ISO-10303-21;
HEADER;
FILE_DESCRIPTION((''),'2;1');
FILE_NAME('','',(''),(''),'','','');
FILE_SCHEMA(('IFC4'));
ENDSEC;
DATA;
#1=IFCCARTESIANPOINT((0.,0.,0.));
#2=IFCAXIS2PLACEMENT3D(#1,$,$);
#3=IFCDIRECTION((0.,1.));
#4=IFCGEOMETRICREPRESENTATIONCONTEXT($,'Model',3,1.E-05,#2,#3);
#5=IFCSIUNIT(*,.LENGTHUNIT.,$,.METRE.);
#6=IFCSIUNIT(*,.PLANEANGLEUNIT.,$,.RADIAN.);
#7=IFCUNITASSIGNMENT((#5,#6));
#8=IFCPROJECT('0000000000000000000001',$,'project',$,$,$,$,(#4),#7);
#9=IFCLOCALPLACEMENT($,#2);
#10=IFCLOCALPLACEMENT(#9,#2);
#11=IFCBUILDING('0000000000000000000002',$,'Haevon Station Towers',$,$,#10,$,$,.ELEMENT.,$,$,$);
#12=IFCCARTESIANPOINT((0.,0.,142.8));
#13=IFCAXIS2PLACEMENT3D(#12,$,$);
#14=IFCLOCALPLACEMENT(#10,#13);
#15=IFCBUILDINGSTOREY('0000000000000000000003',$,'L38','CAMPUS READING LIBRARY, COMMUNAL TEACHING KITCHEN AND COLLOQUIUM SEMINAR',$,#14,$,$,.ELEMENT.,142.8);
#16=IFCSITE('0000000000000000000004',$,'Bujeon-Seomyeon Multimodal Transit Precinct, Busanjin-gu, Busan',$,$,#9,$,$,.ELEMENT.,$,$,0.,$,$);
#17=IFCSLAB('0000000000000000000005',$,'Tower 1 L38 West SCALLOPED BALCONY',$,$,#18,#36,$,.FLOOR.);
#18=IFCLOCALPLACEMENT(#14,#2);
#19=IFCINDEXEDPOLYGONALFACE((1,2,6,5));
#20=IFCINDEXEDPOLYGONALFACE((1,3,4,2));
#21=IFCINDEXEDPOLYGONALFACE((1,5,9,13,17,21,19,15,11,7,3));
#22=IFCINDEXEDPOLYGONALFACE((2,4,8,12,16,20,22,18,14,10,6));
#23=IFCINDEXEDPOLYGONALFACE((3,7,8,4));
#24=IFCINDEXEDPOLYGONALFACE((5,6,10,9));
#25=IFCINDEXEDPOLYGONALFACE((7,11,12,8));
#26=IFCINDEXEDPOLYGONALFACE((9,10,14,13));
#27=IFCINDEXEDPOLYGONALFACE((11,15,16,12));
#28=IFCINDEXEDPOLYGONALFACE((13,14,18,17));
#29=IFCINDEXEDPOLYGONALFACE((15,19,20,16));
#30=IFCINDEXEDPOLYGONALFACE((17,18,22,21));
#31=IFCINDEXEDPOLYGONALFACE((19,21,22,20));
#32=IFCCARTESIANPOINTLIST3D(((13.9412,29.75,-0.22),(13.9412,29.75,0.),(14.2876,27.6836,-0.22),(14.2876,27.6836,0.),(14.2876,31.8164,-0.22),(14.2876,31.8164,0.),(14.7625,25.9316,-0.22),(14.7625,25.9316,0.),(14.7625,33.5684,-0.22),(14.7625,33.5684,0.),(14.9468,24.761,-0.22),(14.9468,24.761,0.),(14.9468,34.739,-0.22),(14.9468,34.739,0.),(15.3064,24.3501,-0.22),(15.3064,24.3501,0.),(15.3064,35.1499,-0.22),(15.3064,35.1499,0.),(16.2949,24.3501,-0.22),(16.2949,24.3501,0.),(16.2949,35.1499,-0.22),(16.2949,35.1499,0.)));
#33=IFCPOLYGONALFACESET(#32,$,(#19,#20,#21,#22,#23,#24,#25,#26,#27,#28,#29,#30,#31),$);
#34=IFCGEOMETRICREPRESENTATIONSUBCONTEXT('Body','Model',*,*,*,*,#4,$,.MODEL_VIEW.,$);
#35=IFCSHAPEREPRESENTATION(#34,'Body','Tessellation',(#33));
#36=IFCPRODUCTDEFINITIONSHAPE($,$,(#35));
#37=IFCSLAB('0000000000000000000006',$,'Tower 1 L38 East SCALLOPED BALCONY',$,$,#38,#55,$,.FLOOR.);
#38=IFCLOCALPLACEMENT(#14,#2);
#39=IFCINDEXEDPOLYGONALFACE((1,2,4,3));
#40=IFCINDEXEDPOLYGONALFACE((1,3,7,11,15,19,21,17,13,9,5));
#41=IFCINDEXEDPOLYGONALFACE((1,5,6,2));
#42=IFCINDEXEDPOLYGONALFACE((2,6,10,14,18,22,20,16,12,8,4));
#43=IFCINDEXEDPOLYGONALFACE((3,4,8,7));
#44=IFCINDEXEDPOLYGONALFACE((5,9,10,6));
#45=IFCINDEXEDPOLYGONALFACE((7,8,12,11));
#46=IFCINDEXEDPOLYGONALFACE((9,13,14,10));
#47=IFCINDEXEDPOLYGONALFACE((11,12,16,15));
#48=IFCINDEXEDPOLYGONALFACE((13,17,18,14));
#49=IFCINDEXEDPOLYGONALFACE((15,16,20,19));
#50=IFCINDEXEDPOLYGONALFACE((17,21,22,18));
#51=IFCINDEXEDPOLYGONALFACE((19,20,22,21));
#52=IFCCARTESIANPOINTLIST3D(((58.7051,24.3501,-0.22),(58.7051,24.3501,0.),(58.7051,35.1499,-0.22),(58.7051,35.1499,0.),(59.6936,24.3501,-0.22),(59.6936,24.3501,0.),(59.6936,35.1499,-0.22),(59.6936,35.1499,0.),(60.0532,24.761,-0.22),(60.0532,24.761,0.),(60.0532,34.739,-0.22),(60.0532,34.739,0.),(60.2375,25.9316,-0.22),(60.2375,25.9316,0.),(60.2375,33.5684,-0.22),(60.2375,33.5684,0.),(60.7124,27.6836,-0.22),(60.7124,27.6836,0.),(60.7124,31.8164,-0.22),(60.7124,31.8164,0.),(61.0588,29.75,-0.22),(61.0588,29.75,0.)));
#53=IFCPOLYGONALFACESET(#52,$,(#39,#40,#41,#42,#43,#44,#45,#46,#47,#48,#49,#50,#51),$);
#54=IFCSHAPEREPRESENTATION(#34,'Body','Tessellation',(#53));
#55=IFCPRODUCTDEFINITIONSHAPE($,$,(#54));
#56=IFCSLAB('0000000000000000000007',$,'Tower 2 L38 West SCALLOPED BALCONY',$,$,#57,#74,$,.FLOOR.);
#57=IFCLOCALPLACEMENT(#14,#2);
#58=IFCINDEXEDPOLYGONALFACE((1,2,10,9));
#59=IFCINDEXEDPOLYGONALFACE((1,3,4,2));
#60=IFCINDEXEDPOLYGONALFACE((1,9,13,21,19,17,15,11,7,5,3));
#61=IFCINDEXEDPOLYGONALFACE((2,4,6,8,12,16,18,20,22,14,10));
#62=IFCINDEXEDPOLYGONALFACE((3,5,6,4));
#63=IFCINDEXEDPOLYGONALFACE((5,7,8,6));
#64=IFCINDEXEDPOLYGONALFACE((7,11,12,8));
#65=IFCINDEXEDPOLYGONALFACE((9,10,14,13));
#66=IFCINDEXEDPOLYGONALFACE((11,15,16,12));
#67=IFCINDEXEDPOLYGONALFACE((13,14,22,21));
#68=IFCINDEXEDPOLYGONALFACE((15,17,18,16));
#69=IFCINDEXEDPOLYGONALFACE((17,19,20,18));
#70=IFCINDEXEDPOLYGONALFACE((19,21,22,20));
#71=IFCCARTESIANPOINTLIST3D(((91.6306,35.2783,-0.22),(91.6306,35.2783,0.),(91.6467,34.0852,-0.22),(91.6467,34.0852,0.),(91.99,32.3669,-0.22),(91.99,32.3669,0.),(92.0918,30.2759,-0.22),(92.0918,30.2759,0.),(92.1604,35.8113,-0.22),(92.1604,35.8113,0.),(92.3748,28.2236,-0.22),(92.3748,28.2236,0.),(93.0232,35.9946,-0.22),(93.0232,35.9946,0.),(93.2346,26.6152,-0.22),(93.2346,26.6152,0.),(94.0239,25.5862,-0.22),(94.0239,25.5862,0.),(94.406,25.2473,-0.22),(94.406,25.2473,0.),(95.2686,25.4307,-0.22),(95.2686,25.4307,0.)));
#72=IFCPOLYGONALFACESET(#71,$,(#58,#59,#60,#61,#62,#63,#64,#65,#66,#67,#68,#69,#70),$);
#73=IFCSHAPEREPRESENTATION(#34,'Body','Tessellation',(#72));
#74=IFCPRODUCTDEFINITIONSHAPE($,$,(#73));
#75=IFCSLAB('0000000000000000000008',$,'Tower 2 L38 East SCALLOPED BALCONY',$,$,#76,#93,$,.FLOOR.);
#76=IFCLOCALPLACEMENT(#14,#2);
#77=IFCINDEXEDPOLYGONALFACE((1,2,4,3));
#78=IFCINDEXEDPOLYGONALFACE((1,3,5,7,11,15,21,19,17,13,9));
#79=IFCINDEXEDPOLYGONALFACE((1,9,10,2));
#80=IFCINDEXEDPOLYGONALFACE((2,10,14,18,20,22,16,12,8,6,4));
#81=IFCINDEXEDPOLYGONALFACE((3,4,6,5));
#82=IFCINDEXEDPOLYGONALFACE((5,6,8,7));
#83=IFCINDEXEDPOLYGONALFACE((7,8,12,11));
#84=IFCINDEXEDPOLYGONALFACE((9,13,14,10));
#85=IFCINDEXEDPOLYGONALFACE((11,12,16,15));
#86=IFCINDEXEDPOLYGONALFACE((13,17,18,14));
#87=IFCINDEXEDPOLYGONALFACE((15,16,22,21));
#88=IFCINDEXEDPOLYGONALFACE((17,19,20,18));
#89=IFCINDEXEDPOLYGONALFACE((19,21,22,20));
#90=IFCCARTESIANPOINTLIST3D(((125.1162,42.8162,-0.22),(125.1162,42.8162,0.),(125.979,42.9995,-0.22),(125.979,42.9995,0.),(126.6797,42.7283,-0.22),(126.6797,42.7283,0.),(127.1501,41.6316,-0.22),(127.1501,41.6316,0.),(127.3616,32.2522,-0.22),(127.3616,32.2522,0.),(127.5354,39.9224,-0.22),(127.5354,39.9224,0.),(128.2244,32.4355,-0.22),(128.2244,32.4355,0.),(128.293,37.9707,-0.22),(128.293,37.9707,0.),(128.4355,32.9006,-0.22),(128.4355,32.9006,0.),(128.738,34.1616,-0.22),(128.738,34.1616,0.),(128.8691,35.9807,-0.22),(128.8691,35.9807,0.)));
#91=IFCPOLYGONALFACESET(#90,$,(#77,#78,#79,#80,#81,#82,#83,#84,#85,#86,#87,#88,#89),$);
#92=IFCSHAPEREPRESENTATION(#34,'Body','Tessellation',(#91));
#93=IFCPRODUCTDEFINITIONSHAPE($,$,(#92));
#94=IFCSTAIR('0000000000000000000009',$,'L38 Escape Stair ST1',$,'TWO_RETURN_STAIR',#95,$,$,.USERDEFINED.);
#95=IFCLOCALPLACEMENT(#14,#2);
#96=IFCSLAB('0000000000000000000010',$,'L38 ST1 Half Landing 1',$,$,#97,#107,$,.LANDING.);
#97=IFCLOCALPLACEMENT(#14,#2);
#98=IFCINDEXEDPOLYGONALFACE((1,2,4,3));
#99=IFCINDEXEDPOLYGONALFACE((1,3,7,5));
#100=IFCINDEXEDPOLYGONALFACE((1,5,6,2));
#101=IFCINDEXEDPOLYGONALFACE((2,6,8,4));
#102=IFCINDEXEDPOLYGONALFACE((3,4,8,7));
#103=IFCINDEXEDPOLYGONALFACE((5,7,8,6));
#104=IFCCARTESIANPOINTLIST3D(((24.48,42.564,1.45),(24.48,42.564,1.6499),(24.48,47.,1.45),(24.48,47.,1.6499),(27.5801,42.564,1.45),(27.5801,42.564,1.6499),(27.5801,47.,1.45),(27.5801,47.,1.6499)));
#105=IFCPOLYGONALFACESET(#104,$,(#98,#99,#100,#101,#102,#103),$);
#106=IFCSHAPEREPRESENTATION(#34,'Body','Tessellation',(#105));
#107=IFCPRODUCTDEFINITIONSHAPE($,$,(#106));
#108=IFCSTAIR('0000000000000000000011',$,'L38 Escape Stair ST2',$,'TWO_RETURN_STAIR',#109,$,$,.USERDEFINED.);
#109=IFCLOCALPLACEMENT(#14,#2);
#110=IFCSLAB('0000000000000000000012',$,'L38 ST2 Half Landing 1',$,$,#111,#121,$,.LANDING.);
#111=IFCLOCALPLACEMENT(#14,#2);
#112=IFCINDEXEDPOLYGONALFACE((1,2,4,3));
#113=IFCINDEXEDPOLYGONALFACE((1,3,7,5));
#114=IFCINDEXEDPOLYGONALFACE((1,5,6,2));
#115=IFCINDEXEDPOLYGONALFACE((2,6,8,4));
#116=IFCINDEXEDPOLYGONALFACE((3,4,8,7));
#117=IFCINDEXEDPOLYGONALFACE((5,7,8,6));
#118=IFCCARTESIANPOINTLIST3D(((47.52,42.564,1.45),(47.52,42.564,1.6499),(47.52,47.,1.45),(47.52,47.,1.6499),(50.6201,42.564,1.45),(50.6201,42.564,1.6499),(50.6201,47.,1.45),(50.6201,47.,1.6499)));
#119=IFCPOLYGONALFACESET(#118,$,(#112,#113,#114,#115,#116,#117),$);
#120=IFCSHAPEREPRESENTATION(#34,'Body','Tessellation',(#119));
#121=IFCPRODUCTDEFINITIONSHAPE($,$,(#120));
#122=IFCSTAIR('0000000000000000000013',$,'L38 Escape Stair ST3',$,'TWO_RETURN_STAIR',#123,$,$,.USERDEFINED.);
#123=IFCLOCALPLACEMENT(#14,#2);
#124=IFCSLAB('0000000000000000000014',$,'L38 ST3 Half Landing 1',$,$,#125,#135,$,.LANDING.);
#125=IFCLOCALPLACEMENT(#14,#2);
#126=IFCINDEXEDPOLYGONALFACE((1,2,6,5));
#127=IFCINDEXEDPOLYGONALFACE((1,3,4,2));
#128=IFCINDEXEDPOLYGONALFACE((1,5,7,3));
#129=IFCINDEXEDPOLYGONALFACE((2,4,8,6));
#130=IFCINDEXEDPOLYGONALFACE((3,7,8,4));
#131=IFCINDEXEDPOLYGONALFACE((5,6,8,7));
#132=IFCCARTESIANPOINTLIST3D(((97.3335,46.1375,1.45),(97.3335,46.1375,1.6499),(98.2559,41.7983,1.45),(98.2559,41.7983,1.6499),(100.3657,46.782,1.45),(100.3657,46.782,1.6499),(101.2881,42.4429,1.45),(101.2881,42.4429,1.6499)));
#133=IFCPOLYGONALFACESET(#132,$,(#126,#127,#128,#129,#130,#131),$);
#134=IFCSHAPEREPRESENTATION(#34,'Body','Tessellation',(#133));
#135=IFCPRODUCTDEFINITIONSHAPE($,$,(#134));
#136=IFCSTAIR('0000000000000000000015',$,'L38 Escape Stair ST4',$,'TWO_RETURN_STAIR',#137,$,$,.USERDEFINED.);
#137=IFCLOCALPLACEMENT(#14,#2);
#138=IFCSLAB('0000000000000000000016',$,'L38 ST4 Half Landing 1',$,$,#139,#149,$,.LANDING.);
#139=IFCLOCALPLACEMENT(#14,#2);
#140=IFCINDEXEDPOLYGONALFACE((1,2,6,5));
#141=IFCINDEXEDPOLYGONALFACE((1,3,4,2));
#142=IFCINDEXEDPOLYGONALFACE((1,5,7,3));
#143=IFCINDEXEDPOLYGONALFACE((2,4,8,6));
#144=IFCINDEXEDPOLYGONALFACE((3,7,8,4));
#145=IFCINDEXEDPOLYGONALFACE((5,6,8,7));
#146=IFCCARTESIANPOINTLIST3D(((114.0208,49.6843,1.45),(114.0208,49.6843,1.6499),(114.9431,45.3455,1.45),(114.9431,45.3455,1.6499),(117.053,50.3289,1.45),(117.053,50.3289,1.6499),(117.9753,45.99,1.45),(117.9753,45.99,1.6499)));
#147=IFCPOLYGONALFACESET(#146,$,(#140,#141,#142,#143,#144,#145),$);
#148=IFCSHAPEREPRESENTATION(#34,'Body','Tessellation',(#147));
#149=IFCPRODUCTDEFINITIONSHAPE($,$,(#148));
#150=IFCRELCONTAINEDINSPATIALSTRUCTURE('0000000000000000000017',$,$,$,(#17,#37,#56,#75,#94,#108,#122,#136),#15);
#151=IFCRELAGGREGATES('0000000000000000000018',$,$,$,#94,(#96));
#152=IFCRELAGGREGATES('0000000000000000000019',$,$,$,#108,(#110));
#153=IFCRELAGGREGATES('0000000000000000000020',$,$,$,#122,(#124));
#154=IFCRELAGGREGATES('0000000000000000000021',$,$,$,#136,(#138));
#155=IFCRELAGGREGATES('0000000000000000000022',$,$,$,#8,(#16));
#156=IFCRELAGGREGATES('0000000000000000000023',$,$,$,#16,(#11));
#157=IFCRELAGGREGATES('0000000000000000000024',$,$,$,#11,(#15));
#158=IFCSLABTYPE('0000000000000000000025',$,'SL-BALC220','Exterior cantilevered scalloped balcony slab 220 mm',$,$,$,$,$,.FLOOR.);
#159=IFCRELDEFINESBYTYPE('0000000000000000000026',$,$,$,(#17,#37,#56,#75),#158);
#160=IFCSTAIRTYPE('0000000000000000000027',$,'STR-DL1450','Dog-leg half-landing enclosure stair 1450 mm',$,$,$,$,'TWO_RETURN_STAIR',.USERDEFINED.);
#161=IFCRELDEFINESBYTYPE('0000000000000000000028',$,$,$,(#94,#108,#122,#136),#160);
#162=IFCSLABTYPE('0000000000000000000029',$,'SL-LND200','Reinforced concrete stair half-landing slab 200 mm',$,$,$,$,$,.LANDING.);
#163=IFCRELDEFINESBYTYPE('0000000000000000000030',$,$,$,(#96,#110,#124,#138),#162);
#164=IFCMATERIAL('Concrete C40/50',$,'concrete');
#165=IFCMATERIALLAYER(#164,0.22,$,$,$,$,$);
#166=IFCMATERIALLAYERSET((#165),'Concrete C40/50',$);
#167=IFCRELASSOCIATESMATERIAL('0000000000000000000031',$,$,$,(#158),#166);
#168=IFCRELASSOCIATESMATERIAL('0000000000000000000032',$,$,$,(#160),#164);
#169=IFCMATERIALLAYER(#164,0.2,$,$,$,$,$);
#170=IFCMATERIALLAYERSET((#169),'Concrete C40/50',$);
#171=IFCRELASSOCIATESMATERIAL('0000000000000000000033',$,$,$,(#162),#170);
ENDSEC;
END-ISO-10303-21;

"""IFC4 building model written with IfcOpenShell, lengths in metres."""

from ifc_helpers import new_model, si_unit, direction, frame, origin, place, context, subcontext, project, spatial, polyline, outline, extrude, material, layer, layer_set, type_object, element, aggregate, save


model = new_model("IFC4")

# Units and contexts
model_context = context("Model", 3, precision=1e-05, world=origin(), true_north=direction((0.0, 1.0)))
body_context = subcontext(model_context, "Body", "Model", "MODEL_VIEW")
ifc_project = project(units=[si_unit("LENGTHUNIT", "METRE"), si_unit("PLANEANGLEUNIT", "RADIAN")], contexts=[model_context])

# Site, building, storey
site_placement = place(None, origin())
site = spatial("IfcSite", under=ifc_project, at=site_placement, Name="Bujeon-Seomyeon Multimodal Transit Precinct, Busanjin-gu, Busan", CompositionType="ELEMENT", RefElevation=0.0)
building_placement = place(site_placement, origin())
building = spatial("IfcBuilding", under=site, at=building_placement, Name="Haevon Station Towers", CompositionType="ELEMENT")
storey_placement = place(building_placement, frame((0.0, 0.0, 142.8)))
storey = spatial("IfcBuildingStorey", under=building, at=storey_placement, Name="L38", Description="CAMPUS READING LIBRARY, COMMUNAL TEACHING KITCHEN AND COLLOQUIUM SEMINAR", CompositionType="ELEMENT", Elevation=142.8)

# Slabs
ifc_material_1 = material(Name="Concrete C40/50", Category="concrete")
ifc_layer_1 = layer(ifc_material_1, 0.22)
ifc_layer_set_1 = layer_set([ifc_layer_1], Name="Concrete C40/50")
slab_type_1 = type_object("IfcSlabType", Name="SL-BALC220", Description="Exterior cantilevered scalloped balcony slab 220 mm", PredefinedType="FLOOR", material=ifc_layer_set_1)
slab_1_placement = place(storey_placement, frame((0.0, 0.0, -0.22)))
element("IfcSlab", 1, at=slab_1_placement, inside=storey, type_object=slab_type_1, Name="Tower 1 L38 West SCALLOPED BALCONY", PredefinedType="FLOOR", context=body_context, shape_type="SweptSolid", body=[
    extrude(outline(polyline([(16.2949, 35.1499), (15.3064, 35.1499), (14.9468, 34.739), (14.7625, 33.5684), (14.2876, 31.8164), (13.9412, 29.75), (14.2876, 27.6836), (14.7625, 25.9316), (14.9468, 24.761), (15.3064, 24.3501), (16.2949, 24.3501), (16.2949, 35.1499)])), origin(), (0.0, 0.0, 1.0), 0.22),
])
slab_2_placement = place(storey_placement, frame((0.0, 0.0, -0.22)))
element("IfcSlab", 2, at=slab_2_placement, inside=storey, type_object=slab_type_1, Name="Tower 1 L38 East SCALLOPED BALCONY", PredefinedType="FLOOR", context=body_context, shape_type="SweptSolid", body=[
    extrude(outline(polyline([(58.7051, 24.3501), (59.6936, 24.3501), (60.0532, 24.761), (60.2375, 25.9316), (60.7124, 27.6836), (61.0588, 29.75), (60.7124, 31.8164), (60.2375, 33.5684), (60.0532, 34.739), (59.6936, 35.1499), (58.7051, 35.1499), (58.7051, 24.3501)])), origin(), (0.0, 0.0, 1.0), 0.22),
])
slab_3_placement = place(storey_placement, frame((0.0, 0.0, -0.22)))
element("IfcSlab", 3, at=slab_3_placement, inside=storey, type_object=slab_type_1, Name="Tower 2 L38 West SCALLOPED BALCONY", PredefinedType="FLOOR", context=body_context, shape_type="SweptSolid", body=[
    extrude(outline(polyline([(93.0232, 35.9946), (92.1604, 35.8113), (91.6306, 35.2783), (91.6467, 34.0852), (91.99, 32.3669), (92.0918, 30.2759), (92.3748, 28.2236), (93.2346, 26.6152), (94.0239, 25.5862), (94.406, 25.2473), (95.2686, 25.4307), (93.0232, 35.9946)])), origin(), (0.0, 0.0, 1.0), 0.22),
])
slab_4_placement = place(storey_placement, frame((0.0, 0.0, -0.22)))
element("IfcSlab", 4, at=slab_4_placement, inside=storey, type_object=slab_type_1, Name="Tower 2 L38 East SCALLOPED BALCONY", PredefinedType="FLOOR", context=body_context, shape_type="SweptSolid", body=[
    extrude(outline(polyline([(127.3616, 32.2522), (128.2244, 32.4355), (128.4355, 32.9006), (128.738, 34.1616), (128.8691, 35.9807), (128.293, 37.9707), (127.5354, 39.9224), (127.1501, 41.6316), (126.6797, 42.7283), (125.979, 42.9995), (125.1162, 42.8162), (127.3616, 32.2522)])), origin(), (0.0, 0.0, 1.0), 0.22),
])

# Stairs, slabs
stair_type = type_object("IfcStairType", Name="STR-DL1450", Description="Dog-leg half-landing enclosure stair 1450 mm", ElementType="TWO_RETURN_STAIR", PredefinedType="USERDEFINED", material=ifc_material_1)
stair_1_placement = place(storey_placement, origin())
stair_1 = element("IfcStair", 5, at=stair_1_placement, inside=storey, type_object=stair_type, Name="L38 Escape Stair ST1", ObjectType="TWO_RETURN_STAIR", PredefinedType="USERDEFINED")
ifc_layer_2 = layer(ifc_material_1, 0.2)
ifc_layer_set_2 = layer_set([ifc_layer_2], Name="Concrete C40/50")
slab_type_2 = type_object("IfcSlabType", Name="SL-LND200", Description="Reinforced concrete stair half-landing slab 200 mm", PredefinedType="LANDING", material=ifc_layer_set_2)
slab_5_placement = place(storey_placement, frame((0.0, 0.0, 1.45)))
slab_5 = element("IfcSlab", 6, at=slab_5_placement, type_object=slab_type_2, Name="L38 ST1 Half Landing 1", PredefinedType="LANDING", context=body_context, shape_type="SweptSolid", body=[
    extrude(outline(polyline([(27.5801, 42.564), (27.5801, 47.0), (24.48, 47.0), (24.48, 42.564), (27.5801, 42.564)])), origin(), (0.0, 0.0, 1.0), 0.2),
])
aggregate(stair_1, [slab_5])
stair_2_placement = place(storey_placement, origin())
stair_2 = element("IfcStair", 7, at=stair_2_placement, inside=storey, type_object=stair_type, Name="L38 Escape Stair ST2", ObjectType="TWO_RETURN_STAIR", PredefinedType="USERDEFINED")
slab_6_placement = place(storey_placement, frame((0.0, 0.0, 1.45)))
slab_6 = element("IfcSlab", 8, at=slab_6_placement, type_object=slab_type_2, Name="L38 ST2 Half Landing 1", PredefinedType="LANDING", context=body_context, shape_type="SweptSolid", body=[
    extrude(outline(polyline([(50.6201, 42.564), (50.6201, 47.0), (47.52, 47.0), (47.52, 42.564), (50.6201, 42.564)])), origin(), (0.0, 0.0, 1.0), 0.2),
])
aggregate(stair_2, [slab_6])
stair_3_placement = place(storey_placement, origin())
stair_3 = element("IfcStair", 9, at=stair_3_placement, inside=storey, type_object=stair_type, Name="L38 Escape Stair ST3", ObjectType="TWO_RETURN_STAIR", PredefinedType="USERDEFINED")
slab_7_placement = place(storey_placement, frame((0.0, 0.0, 1.45)))
slab_7 = element("IfcSlab", 10, at=slab_7_placement, type_object=slab_type_2, Name="L38 ST3 Half Landing 1", PredefinedType="LANDING", context=body_context, shape_type="SweptSolid", body=[
    extrude(outline(polyline([(101.2881, 42.4429), (100.3657, 46.782), (97.3335, 46.1375), (98.2559, 41.7983), (101.2881, 42.4429)])), origin(), (0.0, 0.0, 1.0), 0.2),
])
aggregate(stair_3, [slab_7])
stair_4_placement = place(storey_placement, origin())
stair_4 = element("IfcStair", 11, at=stair_4_placement, inside=storey, type_object=stair_type, Name="L38 Escape Stair ST4", ObjectType="TWO_RETURN_STAIR", PredefinedType="USERDEFINED")
slab_8_placement = place(storey_placement, frame((0.0, 0.0, 1.45)))
slab_8 = element("IfcSlab", 12, at=slab_8_placement, type_object=slab_type_2, Name="L38 ST4 Half Landing 1", PredefinedType="LANDING", context=body_context, shape_type="SweptSolid", body=[
    extrude(outline(polyline([(117.9753, 45.99), (117.053, 50.3289), (114.0208, 49.6843), (114.9431, 45.3455), (117.9753, 45.99)])), origin(), (0.0, 0.0, 1.0), 0.2),
])
aggregate(stair_4, [slab_8])

save(model, "model.ifc")
